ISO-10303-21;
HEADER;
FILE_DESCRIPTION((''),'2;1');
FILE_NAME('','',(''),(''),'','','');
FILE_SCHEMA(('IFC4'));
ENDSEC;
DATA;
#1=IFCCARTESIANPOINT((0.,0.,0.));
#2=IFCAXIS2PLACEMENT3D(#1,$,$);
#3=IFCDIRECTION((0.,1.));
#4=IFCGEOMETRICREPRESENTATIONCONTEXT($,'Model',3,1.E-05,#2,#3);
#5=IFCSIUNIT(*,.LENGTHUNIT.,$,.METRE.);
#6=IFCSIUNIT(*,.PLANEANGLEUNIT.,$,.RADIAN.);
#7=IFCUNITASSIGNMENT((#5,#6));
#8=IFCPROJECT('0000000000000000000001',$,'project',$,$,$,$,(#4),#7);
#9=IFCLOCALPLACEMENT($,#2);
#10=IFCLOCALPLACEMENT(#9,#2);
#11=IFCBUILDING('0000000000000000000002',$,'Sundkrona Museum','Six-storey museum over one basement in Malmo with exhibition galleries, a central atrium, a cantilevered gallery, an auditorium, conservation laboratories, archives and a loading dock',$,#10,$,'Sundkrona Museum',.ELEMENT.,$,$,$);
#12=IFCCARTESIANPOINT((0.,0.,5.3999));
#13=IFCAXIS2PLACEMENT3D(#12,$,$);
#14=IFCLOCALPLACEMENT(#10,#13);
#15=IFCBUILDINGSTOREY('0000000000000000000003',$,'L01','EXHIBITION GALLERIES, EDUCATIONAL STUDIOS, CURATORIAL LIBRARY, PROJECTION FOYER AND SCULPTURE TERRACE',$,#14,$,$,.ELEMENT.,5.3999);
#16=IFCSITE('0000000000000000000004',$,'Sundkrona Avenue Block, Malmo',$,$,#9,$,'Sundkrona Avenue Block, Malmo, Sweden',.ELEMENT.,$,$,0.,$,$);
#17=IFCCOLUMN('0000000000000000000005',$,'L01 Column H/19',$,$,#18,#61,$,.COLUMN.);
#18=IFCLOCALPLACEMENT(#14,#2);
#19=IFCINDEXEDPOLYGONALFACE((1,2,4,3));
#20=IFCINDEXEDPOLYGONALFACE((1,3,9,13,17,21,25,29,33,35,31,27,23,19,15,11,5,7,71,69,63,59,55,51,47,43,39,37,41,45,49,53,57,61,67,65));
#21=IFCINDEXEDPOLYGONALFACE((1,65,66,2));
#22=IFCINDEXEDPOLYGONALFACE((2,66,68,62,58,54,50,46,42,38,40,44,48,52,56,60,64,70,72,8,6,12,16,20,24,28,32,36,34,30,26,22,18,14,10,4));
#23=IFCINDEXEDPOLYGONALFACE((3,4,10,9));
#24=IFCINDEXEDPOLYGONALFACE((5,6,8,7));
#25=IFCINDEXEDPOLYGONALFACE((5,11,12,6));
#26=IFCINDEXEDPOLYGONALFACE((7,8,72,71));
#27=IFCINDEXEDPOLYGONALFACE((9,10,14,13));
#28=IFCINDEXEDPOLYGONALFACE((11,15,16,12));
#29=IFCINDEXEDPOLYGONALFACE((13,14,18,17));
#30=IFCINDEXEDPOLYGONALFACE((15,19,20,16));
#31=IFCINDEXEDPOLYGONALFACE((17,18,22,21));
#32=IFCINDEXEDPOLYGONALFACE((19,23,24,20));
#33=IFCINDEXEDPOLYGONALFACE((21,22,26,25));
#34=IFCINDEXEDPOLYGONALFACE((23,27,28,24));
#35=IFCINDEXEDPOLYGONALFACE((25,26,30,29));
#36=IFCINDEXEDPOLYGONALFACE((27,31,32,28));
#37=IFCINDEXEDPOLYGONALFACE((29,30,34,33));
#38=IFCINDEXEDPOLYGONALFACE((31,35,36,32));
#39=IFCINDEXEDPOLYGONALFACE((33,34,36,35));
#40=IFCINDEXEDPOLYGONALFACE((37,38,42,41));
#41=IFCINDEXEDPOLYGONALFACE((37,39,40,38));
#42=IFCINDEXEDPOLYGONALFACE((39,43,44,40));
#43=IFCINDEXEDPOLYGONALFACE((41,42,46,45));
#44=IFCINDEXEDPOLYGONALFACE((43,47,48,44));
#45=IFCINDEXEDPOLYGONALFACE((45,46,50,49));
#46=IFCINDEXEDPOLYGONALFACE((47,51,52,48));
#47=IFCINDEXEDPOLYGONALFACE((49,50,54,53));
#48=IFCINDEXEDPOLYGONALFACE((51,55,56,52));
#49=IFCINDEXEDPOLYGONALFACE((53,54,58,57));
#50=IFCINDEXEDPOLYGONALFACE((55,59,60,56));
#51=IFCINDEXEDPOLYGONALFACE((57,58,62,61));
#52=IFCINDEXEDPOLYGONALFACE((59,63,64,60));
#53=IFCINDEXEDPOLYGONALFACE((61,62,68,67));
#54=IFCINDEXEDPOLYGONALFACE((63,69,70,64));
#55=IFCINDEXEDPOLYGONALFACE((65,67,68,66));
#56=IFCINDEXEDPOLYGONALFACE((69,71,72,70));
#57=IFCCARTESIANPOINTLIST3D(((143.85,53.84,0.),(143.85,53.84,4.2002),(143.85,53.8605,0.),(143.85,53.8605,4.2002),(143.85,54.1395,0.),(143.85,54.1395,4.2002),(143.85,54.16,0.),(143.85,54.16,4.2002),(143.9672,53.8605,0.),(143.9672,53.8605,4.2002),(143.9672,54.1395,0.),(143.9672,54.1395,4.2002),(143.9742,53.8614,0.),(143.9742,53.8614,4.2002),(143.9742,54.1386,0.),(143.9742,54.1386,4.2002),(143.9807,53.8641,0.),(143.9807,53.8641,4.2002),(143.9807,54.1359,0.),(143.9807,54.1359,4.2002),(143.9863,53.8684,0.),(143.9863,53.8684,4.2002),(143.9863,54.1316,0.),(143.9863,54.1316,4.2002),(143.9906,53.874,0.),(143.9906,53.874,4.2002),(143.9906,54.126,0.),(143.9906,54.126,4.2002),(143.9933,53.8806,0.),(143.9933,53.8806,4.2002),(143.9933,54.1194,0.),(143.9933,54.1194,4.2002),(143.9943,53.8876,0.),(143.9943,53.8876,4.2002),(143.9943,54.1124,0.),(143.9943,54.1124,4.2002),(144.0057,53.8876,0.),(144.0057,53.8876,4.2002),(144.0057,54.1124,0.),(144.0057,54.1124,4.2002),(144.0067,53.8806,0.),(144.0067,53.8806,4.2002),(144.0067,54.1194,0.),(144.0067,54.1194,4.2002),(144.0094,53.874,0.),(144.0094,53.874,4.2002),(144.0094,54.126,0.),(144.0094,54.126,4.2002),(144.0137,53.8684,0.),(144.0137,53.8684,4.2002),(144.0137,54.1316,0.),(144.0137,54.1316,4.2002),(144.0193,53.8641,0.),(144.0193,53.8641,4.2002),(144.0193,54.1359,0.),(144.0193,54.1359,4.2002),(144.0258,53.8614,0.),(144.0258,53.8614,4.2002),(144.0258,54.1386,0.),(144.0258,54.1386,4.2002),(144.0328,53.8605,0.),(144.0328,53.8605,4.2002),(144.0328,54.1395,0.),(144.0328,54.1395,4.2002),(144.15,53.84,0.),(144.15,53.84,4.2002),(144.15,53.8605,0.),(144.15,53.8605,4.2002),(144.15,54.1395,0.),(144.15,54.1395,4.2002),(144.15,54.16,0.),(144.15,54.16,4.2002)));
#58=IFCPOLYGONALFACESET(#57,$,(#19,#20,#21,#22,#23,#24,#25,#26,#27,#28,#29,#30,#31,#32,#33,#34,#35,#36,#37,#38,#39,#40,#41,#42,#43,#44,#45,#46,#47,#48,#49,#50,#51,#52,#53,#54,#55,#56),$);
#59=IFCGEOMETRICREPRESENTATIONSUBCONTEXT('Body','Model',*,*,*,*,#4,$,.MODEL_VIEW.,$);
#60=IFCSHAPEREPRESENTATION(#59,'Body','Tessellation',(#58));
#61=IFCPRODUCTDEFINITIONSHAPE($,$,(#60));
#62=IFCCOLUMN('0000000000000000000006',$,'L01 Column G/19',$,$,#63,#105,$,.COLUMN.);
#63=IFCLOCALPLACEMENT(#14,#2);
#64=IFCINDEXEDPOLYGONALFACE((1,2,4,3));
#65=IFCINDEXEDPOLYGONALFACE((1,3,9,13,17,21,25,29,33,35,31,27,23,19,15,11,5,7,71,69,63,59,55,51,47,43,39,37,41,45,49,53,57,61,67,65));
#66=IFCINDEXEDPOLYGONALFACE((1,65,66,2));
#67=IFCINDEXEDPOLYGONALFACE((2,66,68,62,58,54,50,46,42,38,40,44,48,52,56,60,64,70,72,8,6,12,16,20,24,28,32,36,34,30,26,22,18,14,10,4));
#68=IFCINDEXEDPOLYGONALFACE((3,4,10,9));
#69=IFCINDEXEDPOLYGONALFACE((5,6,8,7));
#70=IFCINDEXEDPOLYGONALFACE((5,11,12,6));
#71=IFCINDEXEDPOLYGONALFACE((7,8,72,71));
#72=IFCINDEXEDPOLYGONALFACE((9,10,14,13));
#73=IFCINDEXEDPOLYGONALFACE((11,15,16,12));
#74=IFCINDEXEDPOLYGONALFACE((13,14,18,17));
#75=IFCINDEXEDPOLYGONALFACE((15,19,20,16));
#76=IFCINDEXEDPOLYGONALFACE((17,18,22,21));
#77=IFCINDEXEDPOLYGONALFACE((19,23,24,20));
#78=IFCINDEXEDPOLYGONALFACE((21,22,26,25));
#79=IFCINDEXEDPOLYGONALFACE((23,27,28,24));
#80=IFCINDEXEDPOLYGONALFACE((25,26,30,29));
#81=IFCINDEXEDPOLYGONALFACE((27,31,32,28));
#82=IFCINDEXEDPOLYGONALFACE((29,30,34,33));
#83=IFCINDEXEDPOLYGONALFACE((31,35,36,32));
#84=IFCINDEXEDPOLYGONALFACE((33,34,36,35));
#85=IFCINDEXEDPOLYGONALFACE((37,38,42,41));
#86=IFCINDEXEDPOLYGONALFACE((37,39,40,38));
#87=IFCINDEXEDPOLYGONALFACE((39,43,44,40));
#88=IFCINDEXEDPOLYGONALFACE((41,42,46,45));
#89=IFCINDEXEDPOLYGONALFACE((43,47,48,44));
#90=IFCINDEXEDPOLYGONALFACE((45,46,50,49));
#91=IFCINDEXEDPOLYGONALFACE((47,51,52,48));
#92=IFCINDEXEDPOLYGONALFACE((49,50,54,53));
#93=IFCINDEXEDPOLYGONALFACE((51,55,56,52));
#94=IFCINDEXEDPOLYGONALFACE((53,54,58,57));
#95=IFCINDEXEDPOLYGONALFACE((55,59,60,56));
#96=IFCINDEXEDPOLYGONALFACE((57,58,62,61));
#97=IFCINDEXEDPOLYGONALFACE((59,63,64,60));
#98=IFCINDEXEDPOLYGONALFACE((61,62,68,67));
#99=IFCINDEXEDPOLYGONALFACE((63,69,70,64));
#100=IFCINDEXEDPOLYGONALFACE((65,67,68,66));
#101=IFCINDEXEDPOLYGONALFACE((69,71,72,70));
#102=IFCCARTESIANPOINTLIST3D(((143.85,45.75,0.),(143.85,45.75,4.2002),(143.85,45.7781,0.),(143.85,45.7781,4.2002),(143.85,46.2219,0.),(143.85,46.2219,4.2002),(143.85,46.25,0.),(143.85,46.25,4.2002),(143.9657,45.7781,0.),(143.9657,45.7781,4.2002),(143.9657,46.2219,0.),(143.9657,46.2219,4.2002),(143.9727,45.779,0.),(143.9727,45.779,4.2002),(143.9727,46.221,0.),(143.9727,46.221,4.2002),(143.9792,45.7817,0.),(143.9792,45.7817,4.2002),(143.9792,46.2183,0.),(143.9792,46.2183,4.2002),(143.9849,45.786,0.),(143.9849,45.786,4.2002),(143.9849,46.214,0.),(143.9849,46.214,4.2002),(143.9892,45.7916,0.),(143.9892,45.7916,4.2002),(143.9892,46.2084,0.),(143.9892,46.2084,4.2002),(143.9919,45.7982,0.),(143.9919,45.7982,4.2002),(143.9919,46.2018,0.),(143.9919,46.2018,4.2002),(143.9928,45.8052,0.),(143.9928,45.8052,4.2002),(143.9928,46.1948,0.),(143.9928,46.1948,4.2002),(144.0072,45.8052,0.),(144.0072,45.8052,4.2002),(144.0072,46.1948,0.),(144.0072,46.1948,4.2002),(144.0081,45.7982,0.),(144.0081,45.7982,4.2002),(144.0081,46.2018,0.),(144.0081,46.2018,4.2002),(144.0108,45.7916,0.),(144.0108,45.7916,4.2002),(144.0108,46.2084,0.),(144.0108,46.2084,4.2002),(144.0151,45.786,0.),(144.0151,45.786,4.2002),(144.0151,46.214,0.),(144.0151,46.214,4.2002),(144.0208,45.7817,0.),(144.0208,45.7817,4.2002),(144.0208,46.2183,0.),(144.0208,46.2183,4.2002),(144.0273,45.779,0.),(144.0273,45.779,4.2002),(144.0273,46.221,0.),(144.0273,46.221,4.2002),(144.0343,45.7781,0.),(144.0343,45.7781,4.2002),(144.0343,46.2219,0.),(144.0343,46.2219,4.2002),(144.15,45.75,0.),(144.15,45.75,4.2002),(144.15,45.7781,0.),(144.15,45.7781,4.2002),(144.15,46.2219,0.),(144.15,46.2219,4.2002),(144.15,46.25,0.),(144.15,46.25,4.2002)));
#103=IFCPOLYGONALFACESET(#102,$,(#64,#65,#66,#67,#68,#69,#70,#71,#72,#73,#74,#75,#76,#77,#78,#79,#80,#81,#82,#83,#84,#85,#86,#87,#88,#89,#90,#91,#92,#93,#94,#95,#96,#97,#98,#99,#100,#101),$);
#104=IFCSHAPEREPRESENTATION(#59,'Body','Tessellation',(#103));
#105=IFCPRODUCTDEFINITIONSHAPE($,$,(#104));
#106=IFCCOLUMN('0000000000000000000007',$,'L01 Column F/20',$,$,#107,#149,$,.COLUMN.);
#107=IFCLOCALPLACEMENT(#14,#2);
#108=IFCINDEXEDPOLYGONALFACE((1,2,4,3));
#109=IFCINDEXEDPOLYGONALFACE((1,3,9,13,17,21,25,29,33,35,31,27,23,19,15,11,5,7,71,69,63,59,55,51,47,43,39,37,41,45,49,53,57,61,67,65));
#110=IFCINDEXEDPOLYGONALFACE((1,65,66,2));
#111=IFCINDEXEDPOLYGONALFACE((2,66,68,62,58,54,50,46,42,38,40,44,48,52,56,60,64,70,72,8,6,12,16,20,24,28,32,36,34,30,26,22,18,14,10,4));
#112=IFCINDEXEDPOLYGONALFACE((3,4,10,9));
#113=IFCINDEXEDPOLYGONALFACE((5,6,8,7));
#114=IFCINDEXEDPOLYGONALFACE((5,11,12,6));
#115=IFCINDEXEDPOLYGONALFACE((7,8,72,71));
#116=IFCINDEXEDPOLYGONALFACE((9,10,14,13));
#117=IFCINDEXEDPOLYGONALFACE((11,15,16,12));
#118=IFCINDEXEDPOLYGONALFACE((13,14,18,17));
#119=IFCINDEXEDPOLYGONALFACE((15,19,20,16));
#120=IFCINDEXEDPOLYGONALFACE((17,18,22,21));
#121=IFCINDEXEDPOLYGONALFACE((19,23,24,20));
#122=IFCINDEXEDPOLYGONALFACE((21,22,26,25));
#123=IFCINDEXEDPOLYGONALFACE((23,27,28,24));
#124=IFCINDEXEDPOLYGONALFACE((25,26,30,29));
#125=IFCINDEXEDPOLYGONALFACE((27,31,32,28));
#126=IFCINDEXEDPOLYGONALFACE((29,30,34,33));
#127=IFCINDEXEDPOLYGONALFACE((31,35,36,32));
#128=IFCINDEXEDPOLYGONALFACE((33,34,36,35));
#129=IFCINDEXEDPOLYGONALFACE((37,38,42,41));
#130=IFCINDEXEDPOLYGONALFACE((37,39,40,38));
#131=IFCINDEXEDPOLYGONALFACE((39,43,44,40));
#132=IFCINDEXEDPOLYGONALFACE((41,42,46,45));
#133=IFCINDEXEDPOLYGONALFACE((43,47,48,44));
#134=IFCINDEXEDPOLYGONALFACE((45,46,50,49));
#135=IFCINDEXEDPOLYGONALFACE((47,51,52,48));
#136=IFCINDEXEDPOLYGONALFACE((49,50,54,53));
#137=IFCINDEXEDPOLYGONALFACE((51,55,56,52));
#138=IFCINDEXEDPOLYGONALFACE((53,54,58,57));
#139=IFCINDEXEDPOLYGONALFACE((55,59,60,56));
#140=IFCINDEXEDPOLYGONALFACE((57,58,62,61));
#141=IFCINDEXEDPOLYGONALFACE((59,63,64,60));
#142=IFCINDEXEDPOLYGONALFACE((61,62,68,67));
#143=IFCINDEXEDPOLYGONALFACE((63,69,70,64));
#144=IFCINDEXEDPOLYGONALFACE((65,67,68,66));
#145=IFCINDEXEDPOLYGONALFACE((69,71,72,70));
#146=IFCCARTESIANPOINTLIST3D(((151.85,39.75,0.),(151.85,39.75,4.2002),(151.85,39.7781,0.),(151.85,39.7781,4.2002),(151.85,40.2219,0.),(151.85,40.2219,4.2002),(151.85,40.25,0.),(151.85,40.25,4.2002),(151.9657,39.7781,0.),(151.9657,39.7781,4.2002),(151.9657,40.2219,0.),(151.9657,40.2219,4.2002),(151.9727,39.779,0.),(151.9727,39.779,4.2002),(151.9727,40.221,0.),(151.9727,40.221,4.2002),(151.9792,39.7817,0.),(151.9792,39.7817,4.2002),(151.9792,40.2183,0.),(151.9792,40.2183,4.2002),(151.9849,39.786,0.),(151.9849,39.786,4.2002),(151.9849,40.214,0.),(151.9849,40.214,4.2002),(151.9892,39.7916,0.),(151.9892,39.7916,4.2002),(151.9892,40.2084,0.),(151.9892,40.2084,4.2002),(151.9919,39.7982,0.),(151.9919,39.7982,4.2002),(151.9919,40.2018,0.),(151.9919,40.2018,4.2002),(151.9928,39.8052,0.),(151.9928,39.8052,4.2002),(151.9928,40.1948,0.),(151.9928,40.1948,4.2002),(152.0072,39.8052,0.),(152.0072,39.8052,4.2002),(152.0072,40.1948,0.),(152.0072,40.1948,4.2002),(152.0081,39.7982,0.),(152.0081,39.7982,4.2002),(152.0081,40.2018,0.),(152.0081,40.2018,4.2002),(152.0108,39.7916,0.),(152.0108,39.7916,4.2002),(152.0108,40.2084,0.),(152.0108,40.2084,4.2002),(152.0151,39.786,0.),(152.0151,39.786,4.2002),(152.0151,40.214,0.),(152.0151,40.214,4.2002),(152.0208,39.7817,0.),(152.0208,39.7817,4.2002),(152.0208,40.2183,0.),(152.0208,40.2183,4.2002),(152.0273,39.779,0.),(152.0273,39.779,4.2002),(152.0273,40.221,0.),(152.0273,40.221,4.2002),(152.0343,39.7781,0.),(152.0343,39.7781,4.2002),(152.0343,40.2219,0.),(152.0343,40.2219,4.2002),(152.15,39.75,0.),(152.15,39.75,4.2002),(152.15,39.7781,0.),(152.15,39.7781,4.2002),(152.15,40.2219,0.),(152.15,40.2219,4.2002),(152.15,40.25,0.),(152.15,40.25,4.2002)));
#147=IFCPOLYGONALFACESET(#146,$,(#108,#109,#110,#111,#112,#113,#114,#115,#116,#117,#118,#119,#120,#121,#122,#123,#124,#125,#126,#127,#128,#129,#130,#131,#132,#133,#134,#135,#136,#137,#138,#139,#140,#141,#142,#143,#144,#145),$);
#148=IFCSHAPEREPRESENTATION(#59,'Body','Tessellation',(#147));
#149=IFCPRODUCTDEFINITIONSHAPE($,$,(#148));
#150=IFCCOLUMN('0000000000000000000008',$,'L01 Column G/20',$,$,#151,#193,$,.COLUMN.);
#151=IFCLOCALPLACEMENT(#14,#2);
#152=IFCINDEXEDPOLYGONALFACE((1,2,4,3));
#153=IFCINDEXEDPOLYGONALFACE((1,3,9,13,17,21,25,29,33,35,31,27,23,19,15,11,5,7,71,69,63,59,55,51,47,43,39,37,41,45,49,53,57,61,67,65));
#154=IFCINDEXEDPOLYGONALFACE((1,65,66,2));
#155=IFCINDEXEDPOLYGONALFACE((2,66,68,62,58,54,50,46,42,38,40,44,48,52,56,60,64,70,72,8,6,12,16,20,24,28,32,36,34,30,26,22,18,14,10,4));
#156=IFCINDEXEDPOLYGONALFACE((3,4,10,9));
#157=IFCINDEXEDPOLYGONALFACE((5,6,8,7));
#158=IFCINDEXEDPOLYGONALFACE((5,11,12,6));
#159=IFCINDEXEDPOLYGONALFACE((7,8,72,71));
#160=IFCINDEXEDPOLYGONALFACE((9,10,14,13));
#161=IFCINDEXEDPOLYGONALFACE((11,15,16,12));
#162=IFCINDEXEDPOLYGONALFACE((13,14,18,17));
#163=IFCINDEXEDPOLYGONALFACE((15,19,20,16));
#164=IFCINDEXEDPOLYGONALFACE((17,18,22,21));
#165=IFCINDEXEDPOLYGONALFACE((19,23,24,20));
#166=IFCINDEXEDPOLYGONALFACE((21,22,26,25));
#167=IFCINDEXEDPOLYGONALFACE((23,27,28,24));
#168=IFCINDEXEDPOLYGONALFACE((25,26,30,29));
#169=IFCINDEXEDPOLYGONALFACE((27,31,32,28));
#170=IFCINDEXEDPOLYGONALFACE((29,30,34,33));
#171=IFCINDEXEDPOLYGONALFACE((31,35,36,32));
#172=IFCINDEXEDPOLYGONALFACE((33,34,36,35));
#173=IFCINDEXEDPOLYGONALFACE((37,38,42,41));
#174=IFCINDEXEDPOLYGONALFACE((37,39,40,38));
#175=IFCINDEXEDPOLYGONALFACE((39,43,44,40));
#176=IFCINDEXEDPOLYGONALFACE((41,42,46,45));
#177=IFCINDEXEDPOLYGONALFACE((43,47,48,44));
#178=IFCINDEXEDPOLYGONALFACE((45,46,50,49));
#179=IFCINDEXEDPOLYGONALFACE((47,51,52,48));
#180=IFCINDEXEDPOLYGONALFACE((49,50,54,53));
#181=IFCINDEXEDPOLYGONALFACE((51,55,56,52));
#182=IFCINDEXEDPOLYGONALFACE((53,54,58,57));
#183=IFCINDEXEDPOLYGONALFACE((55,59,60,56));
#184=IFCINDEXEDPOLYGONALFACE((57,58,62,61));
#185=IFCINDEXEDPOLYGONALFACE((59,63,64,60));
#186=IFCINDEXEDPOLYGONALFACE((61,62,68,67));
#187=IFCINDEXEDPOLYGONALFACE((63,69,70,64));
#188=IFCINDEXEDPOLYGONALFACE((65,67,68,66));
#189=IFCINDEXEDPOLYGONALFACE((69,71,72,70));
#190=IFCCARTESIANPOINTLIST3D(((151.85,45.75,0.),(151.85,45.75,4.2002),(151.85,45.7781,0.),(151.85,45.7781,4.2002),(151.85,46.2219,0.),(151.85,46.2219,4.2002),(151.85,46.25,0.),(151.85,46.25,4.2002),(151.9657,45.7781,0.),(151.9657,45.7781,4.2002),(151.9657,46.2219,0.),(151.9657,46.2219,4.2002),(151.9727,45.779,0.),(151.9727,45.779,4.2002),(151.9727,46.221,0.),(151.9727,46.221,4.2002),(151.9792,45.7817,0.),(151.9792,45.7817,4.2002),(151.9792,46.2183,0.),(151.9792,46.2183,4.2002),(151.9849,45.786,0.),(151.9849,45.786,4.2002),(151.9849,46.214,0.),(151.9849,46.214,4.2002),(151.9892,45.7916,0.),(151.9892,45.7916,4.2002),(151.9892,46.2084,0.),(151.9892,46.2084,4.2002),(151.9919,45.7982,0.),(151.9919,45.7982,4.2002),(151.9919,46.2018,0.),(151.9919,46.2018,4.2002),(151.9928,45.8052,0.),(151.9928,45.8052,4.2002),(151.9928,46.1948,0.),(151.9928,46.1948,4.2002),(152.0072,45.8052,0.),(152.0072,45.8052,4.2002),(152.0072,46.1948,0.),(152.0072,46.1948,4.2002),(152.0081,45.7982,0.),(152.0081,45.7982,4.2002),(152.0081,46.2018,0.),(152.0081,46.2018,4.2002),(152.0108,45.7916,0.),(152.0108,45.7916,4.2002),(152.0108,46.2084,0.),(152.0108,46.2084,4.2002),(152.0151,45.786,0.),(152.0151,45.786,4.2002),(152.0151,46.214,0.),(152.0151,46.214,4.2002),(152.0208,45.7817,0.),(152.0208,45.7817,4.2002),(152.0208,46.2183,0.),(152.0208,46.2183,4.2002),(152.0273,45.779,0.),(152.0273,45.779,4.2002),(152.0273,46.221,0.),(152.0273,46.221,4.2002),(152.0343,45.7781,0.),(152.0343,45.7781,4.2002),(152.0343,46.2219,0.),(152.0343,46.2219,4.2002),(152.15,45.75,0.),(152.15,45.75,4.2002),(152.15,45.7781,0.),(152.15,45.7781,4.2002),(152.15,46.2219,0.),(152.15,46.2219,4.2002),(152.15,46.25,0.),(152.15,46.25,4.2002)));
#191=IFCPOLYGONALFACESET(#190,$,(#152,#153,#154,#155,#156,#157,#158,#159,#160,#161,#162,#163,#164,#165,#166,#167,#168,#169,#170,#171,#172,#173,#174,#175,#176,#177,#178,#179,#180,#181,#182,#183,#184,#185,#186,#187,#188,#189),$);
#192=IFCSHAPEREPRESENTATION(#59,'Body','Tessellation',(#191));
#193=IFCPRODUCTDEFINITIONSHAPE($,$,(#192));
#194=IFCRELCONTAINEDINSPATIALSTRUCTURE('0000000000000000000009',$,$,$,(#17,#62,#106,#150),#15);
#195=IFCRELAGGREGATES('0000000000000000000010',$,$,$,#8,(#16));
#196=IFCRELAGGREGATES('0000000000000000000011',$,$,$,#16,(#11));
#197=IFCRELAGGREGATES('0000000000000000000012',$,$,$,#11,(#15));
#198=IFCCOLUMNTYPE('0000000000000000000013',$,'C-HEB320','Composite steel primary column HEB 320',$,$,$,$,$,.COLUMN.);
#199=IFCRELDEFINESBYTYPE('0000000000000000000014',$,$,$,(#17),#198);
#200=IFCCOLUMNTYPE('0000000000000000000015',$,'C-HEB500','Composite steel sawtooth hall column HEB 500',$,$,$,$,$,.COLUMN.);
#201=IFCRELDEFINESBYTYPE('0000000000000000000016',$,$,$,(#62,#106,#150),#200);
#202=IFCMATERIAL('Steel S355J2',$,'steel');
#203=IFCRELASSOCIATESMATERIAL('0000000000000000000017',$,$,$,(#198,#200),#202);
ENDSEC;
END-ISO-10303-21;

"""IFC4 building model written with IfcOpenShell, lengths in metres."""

from ifc_helpers import new_model, si_unit, direction, frame, origin, origin_2d, place, context, subcontext, project, spatial, i_section, extrude, material, material_profile, profile_set, type_object, element, save


model = new_model("IFC4")

# Units and contexts
model_context = context("Model", 3, precision=1e-05, world=origin(), true_north=direction((0.0, 1.0)))
body_context = subcontext(model_context, "Body", "Model", "MODEL_VIEW")
ifc_project = project(units=[si_unit("LENGTHUNIT", "METRE"), si_unit("PLANEANGLEUNIT", "RADIAN")], contexts=[model_context])

# Site, building, storey
site_placement = place(None, origin())
site = spatial("IfcSite", under=ifc_project, at=site_placement, Name="Sundkrona Avenue Block, Malmo", LongName="Sundkrona Avenue Block, Malmo, Sweden", CompositionType="ELEMENT", RefElevation=0.0)
building_placement = place(site_placement, origin())
building = spatial("IfcBuilding", under=site, at=building_placement, Name="Sundkrona Museum", Description="Six-storey museum over one basement in Malmo with exhibition galleries, a central atrium, a cantilevered gallery, an auditorium, conservation laboratories, archives and a loading dock", LongName="Sundkrona Museum", CompositionType="ELEMENT")
storey_placement = place(building_placement, frame((0.0, 0.0, 5.3999)))
storey = spatial("IfcBuildingStorey", under=building, at=storey_placement, Name="L01", Description="EXHIBITION GALLERIES, EDUCATIONAL STUDIOS, CURATORIAL LIBRARY, PROJECTION FOYER AND SCULPTURE TERRACE", CompositionType="ELEMENT", Elevation=5.3999)

# Columns
ifc_material_1 = material(Name="Steel S355J2", Category="steel")
ifc_material_profile_1 = material_profile(ifc_material_1, i_section(OverallWidth=0.3, OverallDepth=0.3201, WebThickness=0.0115, FlangeThickness=0.0205, FilletRadius=0.0271, at=origin_2d()), Name="HEB 320")
ifc_profile_set_1 = profile_set([ifc_material_profile_1], Name="Steel S355J2")
column_type_1 = type_object("IfcColumnType", Name="C-HEB320", Description="Composite steel primary column HEB 320", PredefinedType="COLUMN", material=ifc_profile_set_1)
column_placement = place(storey_placement, frame((144.0, 54.0, 0.0), z_axis=(0.0, 0.0, 1.0), x_axis=(1.0, 0.0, 0.0)))
element("IfcColumn", 1, at=column_placement, inside=storey, type_object=column_type_1, Name="L01 Column H/19", PredefinedType="COLUMN", context=body_context, shape_type="SweptSolid", body=[
    extrude(i_section(OverallWidth=0.3, OverallDepth=0.3201, WebThickness=0.0115, FlangeThickness=0.0205, FilletRadius=0.0271, at=origin_2d()), origin(), (0.0, 0.0, 1.0), 4.2002),
])
ifc_material_profile_2 = material_profile(ifc_material_1, i_section(OverallWidth=0.3, OverallDepth=0.5, WebThickness=0.0144, FlangeThickness=0.0281, FilletRadius=0.0271, at=origin_2d()), Name="HEB 500")
ifc_profile_set_2 = profile_set([ifc_material_profile_2], Name="Steel S355J2")
column_type_2 = type_object("IfcColumnType", Name="C-HEB500", Description="Composite steel sawtooth hall column HEB 500", PredefinedType="COLUMN", material=ifc_profile_set_2)
for number, where, z_axis, x_axis, name in (
    (2, (144.0, 46.0, 0.0), (0.0, 0.0, 1.0), (1.0, 0.0, 0.0), "L01 Column G/19"),
    (3, (152.0, 40.0, 0.0), (0.0, 0.0, 1.0), (1.0, 0.0, 0.0), "L01 Column F/20"),
    (4, (152.0, 46.0, 0.0), (0.0, 0.0, 1.0), (1.0, 0.0, 0.0), "L01 Column G/20"),
):
    element("IfcColumn", number, at=place(storey_placement, frame(where, z_axis=z_axis, x_axis=x_axis)), inside=storey, type_object=column_type_2, Name=name, PredefinedType="COLUMN", context=body_context, shape_type="SweptSolid", body=[
        extrude(i_section(OverallWidth=0.3, OverallDepth=0.5, WebThickness=0.0144, FlangeThickness=0.0281, FilletRadius=0.0271, at=origin_2d()), origin(), (0.0, 0.0, 1.0), 4.2002),
    ])

save(model, "model.ifc")
